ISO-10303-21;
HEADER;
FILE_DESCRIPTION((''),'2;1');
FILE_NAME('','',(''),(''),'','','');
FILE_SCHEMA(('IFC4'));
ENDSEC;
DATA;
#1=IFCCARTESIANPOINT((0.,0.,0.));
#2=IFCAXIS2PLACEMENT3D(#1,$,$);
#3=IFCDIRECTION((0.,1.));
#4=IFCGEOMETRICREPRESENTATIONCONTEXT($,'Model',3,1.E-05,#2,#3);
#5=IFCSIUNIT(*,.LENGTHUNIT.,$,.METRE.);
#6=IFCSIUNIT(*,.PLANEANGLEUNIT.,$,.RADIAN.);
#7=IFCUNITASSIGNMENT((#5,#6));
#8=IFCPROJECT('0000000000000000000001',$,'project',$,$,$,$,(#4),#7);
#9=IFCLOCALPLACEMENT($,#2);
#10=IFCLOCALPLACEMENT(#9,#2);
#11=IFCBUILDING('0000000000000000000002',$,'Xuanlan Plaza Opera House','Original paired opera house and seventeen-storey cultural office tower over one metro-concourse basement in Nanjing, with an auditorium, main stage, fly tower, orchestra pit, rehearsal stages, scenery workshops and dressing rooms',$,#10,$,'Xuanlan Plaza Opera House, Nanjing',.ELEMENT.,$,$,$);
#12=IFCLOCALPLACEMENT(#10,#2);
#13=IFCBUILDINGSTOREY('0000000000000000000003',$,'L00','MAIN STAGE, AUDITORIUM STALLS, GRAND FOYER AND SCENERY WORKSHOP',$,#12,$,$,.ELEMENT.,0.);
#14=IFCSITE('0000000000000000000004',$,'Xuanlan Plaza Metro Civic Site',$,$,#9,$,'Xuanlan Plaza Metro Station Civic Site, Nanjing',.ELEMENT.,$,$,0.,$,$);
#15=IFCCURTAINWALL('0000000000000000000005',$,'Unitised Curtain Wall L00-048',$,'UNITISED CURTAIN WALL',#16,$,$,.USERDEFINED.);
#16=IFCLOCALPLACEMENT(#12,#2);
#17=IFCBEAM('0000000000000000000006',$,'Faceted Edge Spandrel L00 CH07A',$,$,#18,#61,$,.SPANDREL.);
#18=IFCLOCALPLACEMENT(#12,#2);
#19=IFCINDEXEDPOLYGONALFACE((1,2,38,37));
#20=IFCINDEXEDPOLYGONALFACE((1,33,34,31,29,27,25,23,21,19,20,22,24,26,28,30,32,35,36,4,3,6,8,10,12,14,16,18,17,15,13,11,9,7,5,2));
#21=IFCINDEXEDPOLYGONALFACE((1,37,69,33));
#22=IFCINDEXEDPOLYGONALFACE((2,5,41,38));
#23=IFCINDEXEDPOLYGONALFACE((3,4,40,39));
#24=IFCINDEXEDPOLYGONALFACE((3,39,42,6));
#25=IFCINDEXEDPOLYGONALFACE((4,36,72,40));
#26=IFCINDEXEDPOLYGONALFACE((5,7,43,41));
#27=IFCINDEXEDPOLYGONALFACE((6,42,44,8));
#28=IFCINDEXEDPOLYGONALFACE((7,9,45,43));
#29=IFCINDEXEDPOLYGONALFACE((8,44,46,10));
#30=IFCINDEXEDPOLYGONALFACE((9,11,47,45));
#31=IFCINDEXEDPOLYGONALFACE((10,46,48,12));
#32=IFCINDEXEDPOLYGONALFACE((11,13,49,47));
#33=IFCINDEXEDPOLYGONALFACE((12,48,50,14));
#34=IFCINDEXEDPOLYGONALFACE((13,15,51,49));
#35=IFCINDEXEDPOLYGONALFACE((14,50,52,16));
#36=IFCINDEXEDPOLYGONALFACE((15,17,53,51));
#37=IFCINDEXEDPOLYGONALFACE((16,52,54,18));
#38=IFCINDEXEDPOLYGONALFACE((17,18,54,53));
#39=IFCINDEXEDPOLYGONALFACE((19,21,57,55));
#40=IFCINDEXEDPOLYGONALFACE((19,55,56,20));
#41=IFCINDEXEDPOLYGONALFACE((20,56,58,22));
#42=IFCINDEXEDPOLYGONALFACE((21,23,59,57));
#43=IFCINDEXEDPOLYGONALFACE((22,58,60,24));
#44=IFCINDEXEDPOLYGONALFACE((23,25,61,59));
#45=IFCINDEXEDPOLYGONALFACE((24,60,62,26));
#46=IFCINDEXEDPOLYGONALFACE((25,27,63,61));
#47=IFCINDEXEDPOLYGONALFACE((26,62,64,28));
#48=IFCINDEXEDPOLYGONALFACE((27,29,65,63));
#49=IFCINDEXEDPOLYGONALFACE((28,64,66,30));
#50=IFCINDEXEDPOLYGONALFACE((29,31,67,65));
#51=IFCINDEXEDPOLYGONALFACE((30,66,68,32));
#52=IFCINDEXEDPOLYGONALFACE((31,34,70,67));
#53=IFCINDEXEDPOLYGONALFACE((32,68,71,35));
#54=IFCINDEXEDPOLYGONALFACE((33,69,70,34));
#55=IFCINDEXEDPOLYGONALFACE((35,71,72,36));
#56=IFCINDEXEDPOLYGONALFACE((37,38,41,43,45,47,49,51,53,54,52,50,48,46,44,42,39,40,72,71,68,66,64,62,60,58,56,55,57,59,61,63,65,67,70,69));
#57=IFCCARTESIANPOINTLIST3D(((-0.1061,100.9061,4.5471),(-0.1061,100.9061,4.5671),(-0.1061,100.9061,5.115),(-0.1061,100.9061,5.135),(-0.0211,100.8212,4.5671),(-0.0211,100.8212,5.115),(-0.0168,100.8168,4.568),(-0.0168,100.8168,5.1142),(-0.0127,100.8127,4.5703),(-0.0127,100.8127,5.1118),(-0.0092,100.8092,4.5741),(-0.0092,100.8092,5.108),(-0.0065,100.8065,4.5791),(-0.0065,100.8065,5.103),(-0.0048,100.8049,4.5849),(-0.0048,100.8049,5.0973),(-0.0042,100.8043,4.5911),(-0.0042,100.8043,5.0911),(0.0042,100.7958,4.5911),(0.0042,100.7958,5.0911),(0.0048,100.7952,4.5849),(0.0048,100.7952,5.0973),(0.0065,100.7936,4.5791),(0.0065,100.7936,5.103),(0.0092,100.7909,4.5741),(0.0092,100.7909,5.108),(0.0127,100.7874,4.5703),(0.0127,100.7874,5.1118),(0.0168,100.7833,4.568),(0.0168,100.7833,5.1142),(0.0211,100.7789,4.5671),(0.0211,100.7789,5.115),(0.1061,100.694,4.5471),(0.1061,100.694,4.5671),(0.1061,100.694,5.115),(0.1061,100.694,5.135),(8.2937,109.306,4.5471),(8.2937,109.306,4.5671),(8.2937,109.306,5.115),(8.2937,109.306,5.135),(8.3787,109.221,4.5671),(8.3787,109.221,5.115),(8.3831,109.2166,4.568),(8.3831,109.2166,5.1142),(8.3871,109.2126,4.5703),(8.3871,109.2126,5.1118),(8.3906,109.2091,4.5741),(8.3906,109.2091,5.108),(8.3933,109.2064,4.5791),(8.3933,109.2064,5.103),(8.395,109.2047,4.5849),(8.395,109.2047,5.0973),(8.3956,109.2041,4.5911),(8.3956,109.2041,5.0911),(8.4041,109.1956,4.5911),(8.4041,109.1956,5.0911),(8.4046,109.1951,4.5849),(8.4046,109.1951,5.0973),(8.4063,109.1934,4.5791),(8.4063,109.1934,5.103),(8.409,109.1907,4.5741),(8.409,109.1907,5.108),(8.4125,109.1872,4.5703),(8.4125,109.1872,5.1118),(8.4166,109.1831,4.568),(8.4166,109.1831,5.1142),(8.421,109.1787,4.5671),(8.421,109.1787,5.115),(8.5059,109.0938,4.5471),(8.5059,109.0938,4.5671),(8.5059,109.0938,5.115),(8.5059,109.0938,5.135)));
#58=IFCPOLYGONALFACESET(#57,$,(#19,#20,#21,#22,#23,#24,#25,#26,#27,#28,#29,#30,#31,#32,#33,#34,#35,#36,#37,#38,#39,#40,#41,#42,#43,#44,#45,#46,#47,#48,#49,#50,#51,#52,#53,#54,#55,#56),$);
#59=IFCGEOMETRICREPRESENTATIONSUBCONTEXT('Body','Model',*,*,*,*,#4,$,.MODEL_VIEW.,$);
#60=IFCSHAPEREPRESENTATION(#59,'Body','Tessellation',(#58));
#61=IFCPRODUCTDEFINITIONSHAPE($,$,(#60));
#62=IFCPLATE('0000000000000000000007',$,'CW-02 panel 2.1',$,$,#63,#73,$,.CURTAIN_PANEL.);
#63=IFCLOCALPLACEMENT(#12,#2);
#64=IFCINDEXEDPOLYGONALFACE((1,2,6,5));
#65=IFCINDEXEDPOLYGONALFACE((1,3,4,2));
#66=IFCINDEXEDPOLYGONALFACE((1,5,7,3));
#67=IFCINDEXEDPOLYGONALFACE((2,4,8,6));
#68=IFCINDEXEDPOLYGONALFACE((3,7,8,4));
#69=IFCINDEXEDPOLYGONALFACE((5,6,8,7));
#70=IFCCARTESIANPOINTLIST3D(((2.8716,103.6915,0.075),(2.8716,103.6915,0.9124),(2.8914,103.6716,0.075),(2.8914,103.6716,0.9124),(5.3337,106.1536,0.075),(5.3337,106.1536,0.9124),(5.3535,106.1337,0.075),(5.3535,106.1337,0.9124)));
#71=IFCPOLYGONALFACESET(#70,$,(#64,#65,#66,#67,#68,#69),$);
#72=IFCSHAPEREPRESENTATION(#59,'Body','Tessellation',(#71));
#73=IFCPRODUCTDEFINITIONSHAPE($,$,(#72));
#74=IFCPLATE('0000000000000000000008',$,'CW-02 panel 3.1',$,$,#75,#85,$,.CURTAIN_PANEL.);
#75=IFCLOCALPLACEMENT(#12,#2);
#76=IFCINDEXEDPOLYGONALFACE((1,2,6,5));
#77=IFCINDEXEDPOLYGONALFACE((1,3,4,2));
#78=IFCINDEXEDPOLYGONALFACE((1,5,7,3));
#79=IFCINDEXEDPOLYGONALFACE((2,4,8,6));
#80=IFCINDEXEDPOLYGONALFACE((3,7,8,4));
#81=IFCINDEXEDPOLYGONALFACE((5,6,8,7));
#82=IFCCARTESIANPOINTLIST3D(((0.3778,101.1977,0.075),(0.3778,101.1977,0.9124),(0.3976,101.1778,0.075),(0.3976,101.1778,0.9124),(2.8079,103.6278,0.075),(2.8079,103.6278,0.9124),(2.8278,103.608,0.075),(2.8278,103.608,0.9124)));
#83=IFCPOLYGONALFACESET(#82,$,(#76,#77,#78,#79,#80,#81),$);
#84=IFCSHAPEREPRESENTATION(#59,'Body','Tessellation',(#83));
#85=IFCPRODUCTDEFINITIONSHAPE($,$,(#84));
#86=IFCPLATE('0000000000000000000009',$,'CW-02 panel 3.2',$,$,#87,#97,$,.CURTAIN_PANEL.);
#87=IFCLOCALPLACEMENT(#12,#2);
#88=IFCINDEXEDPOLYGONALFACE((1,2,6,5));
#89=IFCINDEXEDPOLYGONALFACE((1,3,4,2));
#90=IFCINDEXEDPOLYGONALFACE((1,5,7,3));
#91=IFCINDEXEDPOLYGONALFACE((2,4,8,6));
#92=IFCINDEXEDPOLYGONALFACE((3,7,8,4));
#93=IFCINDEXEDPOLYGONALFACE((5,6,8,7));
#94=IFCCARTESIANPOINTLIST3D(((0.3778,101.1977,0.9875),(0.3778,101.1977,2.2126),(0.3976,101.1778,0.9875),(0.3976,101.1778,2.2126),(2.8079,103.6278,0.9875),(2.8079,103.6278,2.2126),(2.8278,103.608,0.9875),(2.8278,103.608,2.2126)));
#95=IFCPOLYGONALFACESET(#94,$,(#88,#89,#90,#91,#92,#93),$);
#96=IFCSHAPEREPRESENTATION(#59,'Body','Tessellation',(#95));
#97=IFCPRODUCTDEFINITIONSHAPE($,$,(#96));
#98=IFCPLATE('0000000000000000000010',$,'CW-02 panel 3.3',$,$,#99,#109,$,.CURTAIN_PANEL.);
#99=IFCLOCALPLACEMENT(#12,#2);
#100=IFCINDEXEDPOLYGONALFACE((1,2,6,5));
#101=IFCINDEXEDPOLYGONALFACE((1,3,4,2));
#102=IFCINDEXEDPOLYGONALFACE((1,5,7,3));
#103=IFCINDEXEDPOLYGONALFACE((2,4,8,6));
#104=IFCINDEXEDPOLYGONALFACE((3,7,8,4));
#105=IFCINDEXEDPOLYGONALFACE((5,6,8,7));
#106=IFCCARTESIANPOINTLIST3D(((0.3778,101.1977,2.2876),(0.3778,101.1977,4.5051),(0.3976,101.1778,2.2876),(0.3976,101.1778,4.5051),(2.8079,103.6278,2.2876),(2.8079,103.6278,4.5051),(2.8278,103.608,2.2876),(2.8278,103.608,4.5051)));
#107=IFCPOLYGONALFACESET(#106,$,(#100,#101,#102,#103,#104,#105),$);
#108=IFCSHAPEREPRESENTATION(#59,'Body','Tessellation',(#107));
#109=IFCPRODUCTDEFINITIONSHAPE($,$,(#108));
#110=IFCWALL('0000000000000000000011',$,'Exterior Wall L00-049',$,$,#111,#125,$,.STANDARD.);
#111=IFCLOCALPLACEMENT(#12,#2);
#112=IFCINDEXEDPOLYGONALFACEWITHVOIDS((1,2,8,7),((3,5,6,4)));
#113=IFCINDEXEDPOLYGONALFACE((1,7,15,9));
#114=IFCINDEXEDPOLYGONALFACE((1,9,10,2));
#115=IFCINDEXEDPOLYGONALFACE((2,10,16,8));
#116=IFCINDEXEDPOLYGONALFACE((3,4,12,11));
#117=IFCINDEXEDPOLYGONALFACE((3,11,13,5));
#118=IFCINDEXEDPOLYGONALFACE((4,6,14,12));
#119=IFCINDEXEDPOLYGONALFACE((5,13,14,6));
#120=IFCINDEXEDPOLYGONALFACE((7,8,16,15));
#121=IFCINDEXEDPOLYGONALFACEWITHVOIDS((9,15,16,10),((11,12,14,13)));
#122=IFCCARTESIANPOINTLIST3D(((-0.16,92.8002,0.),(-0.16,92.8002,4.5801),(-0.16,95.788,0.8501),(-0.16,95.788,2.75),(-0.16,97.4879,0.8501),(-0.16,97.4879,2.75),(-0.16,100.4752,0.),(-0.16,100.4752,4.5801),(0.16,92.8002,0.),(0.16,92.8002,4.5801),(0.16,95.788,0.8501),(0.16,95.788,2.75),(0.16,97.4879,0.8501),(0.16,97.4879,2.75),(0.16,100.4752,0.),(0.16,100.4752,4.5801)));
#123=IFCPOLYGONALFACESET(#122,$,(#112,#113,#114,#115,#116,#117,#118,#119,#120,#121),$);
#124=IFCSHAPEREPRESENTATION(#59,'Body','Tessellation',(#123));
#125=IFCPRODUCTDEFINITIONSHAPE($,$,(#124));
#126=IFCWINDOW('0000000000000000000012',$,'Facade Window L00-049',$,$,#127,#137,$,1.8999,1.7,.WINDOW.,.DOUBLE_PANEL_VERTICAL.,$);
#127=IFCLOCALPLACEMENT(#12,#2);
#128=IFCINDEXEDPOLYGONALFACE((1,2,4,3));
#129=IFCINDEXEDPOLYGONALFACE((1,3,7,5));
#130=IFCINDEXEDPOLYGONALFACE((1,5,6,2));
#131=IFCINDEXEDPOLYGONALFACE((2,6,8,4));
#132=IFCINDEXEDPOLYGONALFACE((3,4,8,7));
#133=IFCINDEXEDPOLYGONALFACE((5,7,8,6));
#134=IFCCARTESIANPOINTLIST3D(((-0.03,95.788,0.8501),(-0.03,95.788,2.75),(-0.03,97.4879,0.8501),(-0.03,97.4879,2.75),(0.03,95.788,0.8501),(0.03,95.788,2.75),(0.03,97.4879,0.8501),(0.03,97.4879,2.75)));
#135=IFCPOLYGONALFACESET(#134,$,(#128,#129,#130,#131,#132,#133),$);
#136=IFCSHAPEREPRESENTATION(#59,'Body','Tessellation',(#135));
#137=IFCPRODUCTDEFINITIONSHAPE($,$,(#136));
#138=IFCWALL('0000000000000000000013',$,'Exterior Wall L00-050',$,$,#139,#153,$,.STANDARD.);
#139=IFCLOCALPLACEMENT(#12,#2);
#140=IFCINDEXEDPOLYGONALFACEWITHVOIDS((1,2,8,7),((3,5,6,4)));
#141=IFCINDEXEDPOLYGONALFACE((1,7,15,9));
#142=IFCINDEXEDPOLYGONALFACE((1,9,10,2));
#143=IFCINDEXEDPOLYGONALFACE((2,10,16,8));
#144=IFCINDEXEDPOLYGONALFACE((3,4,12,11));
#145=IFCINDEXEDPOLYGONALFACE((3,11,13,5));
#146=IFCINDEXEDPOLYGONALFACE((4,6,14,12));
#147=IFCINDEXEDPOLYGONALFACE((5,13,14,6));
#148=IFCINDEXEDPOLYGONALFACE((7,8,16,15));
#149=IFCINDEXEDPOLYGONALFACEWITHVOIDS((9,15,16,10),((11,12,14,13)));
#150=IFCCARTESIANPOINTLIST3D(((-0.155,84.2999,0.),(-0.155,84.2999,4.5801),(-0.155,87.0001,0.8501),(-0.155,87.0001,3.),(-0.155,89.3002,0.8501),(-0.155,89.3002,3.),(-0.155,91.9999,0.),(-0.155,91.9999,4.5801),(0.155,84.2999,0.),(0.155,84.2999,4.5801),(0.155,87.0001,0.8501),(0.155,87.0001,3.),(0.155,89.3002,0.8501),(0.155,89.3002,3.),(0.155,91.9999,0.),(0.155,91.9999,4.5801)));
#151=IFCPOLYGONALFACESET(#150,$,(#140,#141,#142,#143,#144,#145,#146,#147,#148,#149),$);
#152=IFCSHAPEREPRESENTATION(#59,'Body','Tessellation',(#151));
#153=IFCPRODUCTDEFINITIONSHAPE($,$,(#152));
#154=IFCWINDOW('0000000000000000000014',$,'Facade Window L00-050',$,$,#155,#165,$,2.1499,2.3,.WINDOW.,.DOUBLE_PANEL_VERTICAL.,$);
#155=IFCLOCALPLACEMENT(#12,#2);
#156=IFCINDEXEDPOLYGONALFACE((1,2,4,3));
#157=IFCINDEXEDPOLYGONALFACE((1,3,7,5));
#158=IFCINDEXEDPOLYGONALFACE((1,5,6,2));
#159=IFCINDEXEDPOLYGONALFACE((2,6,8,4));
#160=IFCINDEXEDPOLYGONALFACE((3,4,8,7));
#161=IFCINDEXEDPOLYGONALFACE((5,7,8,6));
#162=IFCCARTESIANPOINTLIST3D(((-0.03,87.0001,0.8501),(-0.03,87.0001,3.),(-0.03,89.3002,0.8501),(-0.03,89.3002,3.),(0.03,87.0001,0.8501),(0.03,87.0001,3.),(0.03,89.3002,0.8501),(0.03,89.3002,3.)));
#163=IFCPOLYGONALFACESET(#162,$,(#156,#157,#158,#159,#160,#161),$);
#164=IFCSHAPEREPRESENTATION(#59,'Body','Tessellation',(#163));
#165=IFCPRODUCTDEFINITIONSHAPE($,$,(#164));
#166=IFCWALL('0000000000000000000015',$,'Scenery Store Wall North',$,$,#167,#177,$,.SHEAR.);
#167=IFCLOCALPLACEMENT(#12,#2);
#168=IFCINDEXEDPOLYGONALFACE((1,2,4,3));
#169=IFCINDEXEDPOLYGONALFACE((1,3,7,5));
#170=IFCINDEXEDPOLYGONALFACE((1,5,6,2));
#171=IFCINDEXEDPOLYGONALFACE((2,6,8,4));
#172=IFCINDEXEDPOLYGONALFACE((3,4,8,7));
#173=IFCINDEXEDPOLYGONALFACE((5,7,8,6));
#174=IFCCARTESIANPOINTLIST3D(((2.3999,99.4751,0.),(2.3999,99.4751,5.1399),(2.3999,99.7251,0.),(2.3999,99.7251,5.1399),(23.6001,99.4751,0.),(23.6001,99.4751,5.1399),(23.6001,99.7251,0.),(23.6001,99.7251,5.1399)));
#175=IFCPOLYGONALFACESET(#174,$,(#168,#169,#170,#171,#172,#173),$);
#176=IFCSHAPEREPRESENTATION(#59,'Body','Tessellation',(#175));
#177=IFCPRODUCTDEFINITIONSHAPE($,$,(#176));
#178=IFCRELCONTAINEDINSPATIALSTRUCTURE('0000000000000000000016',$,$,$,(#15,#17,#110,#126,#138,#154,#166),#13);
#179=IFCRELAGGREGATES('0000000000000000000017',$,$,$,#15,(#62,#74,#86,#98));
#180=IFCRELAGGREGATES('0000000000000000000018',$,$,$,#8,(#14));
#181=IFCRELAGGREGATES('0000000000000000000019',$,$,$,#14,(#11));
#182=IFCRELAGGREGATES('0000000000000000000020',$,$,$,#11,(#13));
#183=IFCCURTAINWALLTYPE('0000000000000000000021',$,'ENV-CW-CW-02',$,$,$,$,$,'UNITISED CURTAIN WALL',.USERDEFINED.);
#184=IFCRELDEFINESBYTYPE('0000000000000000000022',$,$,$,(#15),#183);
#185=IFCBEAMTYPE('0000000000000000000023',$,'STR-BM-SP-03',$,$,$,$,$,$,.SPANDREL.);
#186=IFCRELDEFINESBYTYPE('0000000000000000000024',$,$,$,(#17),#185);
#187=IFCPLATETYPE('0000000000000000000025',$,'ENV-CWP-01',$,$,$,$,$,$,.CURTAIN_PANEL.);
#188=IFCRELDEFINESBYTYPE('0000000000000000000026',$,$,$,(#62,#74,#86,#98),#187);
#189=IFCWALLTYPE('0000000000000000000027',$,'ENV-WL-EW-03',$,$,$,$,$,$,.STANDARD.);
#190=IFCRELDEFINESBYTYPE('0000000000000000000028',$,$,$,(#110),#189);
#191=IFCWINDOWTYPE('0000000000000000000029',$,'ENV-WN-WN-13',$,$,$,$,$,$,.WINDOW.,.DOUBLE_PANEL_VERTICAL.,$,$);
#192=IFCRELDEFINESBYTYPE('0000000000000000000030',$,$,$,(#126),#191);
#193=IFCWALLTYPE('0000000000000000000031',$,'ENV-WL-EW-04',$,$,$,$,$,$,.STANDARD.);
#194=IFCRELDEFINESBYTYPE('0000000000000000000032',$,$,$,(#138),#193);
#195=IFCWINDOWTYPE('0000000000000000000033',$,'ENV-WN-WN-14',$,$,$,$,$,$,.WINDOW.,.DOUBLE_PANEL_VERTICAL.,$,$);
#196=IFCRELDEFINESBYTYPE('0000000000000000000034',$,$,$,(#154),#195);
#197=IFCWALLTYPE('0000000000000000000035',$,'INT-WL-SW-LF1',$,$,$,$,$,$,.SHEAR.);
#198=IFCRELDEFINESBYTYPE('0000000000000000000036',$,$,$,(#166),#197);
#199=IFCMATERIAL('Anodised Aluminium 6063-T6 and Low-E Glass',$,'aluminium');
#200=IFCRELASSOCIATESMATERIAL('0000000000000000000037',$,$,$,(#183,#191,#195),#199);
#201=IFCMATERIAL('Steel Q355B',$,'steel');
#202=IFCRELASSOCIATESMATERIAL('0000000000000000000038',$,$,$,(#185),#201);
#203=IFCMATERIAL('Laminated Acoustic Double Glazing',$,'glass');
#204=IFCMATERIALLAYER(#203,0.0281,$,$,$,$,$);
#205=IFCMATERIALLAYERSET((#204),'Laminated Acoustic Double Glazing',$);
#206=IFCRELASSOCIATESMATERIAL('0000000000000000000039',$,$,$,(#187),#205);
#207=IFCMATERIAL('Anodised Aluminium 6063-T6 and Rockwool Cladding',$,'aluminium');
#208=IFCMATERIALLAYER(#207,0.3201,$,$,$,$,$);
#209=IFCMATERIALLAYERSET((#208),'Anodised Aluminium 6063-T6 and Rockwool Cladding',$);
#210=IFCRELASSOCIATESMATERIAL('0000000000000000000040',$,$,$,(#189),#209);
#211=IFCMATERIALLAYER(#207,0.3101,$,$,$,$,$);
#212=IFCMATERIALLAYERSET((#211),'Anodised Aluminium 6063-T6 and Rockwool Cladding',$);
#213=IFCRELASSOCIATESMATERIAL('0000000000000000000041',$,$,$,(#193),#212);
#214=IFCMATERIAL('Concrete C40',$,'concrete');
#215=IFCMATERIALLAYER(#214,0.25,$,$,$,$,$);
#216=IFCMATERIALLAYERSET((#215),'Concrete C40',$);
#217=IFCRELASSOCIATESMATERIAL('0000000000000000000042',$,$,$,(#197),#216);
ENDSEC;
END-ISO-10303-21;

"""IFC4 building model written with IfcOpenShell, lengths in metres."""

from ifc_helpers import new_model, si_unit, direction, frame, frame_2d, origin, origin_2d, place, context, subcontext, project, spatial, rectangle, i_section, extrude, material, layer, layer_set, material_profile, profile_set, type_object, element, fill, aggregate, save


model = new_model("IFC4")

# Units and contexts
model_context = context("Model", 3, precision=1e-05, world=origin(), true_north=direction((0.0, 1.0)))
body_context = subcontext(model_context, "Body", "Model", "MODEL_VIEW")
ifc_project = project(units=[si_unit("LENGTHUNIT", "METRE"), si_unit("PLANEANGLEUNIT", "RADIAN")], contexts=[model_context])

# Site, building, storey
site_placement = place(None, origin())
site = spatial("IfcSite", under=ifc_project, at=site_placement, Name="Xuanlan Plaza Metro Civic Site", LongName="Xuanlan Plaza Metro Station Civic Site, Nanjing", CompositionType="ELEMENT", RefElevation=0.0)
building_placement = place(site_placement, origin())
building = spatial("IfcBuilding", under=site, at=building_placement, Name="Xuanlan Plaza Opera House", Description="Original paired opera house and seventeen-storey cultural office tower over one metro-concourse basement in Nanjing, with an auditorium, main stage, fly tower, orchestra pit, rehearsal stages, scenery workshops and dressing rooms", LongName="Xuanlan Plaza Opera House, Nanjing", CompositionType="ELEMENT")
storey_placement = place(building_placement, origin())
storey = spatial("IfcBuildingStorey", under=building, at=storey_placement, Name="L00", Description="MAIN STAGE, AUDITORIUM STALLS, GRAND FOYER AND SCENERY WORKSHOP", CompositionType="ELEMENT", Elevation=0.0)

# Shared definitions
ifc_material_1 = material(Name="Concrete C40", Category="concrete")

# Curtain wall
ifc_material_2 = material(Name="Anodised Aluminium 6063-T6 and Low-E Glass", Category="aluminium")
curtain_wall_type = type_object("IfcCurtainWallType", Name="ENV-CW-CW-02", ElementType="UNITISED CURTAIN WALL", PredefinedType="USERDEFINED", material=ifc_material_2)
curtain_wall_placement = place(storey_placement, origin())
curtain_wall = element("IfcCurtainWall", 1, at=curtain_wall_placement, inside=storey, type_object=curtain_wall_type, Name="Unitised Curtain Wall L00-048", ObjectType="UNITISED CURTAIN WALL", PredefinedType="USERDEFINED")

# Beam
ifc_material_3 = material(Name="Steel Q355B", Category="steel")
ifc_material_profile_1 = material_profile(ifc_material_3, i_section(OverallWidth=0.3, OverallDepth=0.5879, WebThickness=0.012, FlangeThickness=0.02, FilletRadius=0.0239, at=origin_2d()), Name="HM 588x300x12x20")
ifc_profile_set_1 = profile_set([ifc_material_profile_1], Name="Steel Q355B")
beam_type_1 = type_object("IfcBeamType", Name="STR-BM-SP-03", PredefinedType="SPANDREL", material=ifc_profile_set_1)
beam_1_placement = place(storey_placement, frame((0.0, 100.8, 4.8411), z_axis=(0.707107, 0.707107, 0.0), x_axis=(-0.707107, 0.707107, 0.0)))
element("IfcBeam", 2, at=beam_1_placement, inside=storey, type_object=beam_type_1, Name="Faceted Edge Spandrel L00 CH07A", PredefinedType="SPANDREL", context=body_context, shape_type="SweptSolid", body=[
    extrude(i_section(OverallWidth=0.3, OverallDepth=0.5879, WebThickness=0.012, FlangeThickness=0.02, FilletRadius=0.0239, at=origin_2d()), origin(), (0.0, 0.0, 1.0), 11.8792),
])

# Plates
ifc_material_4 = material(Name="Laminated Acoustic Double Glazing", Category="glass")
ifc_layer_1 = layer(ifc_material_4, 0.0281)
ifc_layer_set_1 = layer_set([ifc_layer_1], Name="Laminated Acoustic Double Glazing")
plate_type = type_object("IfcPlateType", Name="ENV-CWP-01", PredefinedType="CURTAIN_PANEL", material=ifc_layer_set_1)
plate_1_placement = place(storey_placement, frame((4.1125, 104.9126, 0.075), z_axis=(0.0, 0.0, 1.0), x_axis=(-0.707107, -0.707107, 0.0)))
plate_1 = element("IfcPlate", 3, at=plate_1_placement, type_object=plate_type, Name="CW-02 panel 2.1", PredefinedType="CURTAIN_PANEL", context=body_context, shape_type="SweptSolid", body=[
    extrude(rectangle(XDim=3.4819, YDim=0.0281, at=origin_2d()), origin(), (0.0, 0.0, 1.0), 0.8374),
])
plate_2_placement = place(storey_placement, frame((1.6028, 102.4028, 0.075), z_axis=(0.0, 0.0, 1.0), x_axis=(-0.707107, -0.707107, 0.0)))
plate_2 = element("IfcPlate", 4, at=plate_2_placement, type_object=plate_type, Name="CW-02 panel 3.1", PredefinedType="CURTAIN_PANEL", context=body_context, shape_type="SweptSolid", body=[
    extrude(rectangle(XDim=3.4368, YDim=0.0281, at=origin_2d()), origin(), (0.0, 0.0, 1.0), 0.8374),
])
plate_3_placement = place(storey_placement, frame((1.6028, 102.4028, 0.9875), z_axis=(0.0, 0.0, 1.0), x_axis=(-0.707107, -0.707107, 0.0)))
plate_3 = element("IfcPlate", 5, at=plate_3_placement, type_object=plate_type, Name="CW-02 panel 3.2", PredefinedType="CURTAIN_PANEL", context=body_context, shape_type="SweptSolid", body=[
    extrude(rectangle(XDim=3.4368, YDim=0.0281, at=origin_2d()), origin(), (0.0, 0.0, 1.0), 1.2251),
])
plate_4_placement = place(storey_placement, frame((1.6028, 102.4028, 2.2876), z_axis=(0.0, 0.0, 1.0), x_axis=(-0.707107, -0.707107, 0.0)))
plate_4 = element("IfcPlate", 6, at=plate_4_placement, type_object=plate_type, Name="CW-02 panel 3.3", PredefinedType="CURTAIN_PANEL", context=body_context, shape_type="SweptSolid", body=[
    extrude(rectangle(XDim=3.4368, YDim=0.0281, at=origin_2d()), origin(), (0.0, 0.0, 1.0), 2.2175),
])
aggregate(curtain_wall, [plate_1, plate_2, plate_3, plate_4])

# Walls, openings, windows
ifc_material_5 = material(Name="Anodised Aluminium 6063-T6 and Rockwool Cladding", Category="aluminium")
ifc_layer_2 = layer(ifc_material_5, 0.3201)
ifc_layer_set_2 = layer_set([ifc_layer_2], Name="Anodised Aluminium 6063-T6 and Rockwool Cladding")
wall_type_1 = type_object("IfcWallType", Name="ENV-WL-EW-03", PredefinedType="STANDARD", material=ifc_layer_set_2)
wall_1_placement = place(storey_placement, frame((0.0, 100.4751, 0.0), z_axis=(0.0, 0.0, 1.0), x_axis=(0.0, -1.0, 0.0)))
wall_1 = element("IfcWall", 7, at=wall_1_placement, inside=storey, type_object=wall_type_1, Name="Exterior Wall L00-049", PredefinedType="STANDARD", context=body_context, shape_type="SweptSolid", body=[
    extrude(rectangle(XDim=7.675, YDim=0.3201, at=frame_2d((3.8374, 0.0))), origin(), (0.0, 0.0, 1.0), 4.5801),
])
opening_1_placement = place(wall_1_placement, frame((2.9871, 0.0, 0.8501)))
opening_1 = element("IfcOpeningElement", 8, at=opening_1_placement, cuts=wall_1, PredefinedType="OPENING", context=body_context, shape_type="SweptSolid", body=[
    extrude(rectangle(XDim=1.7, YDim=1.8999, at=frame_2d((0.8501, 0.95))), frame((0.0, 0.1699, 0.0), z_axis=(0.0, -1.0, 0.0), x_axis=(1.0, 0.0, 0.0)), (0.0, 0.0, 1.0), 0.3401),
])
window_type_1 = type_object("IfcWindowType", Name="ENV-WN-WN-13", PartitioningType="DOUBLE_PANEL_VERTICAL", PredefinedType="WINDOW", material=ifc_material_2)
window_1_placement = place(opening_1_placement, origin())
window_1 = element("IfcWindow", 9, at=window_1_placement, inside=storey, type_object=window_type_1, Name="Facade Window L00-049", OverallHeight=1.8999, OverallWidth=1.7, PartitioningType="DOUBLE_PANEL_VERTICAL", PredefinedType="WINDOW", context=body_context, shape_type="SweptSolid", body=[
    extrude(rectangle(XDim=1.7, YDim=1.8999, at=frame_2d((0.8501, 0.95))), frame((0.0, 0.03, 0.0), z_axis=(0.0, -1.0, 0.0), x_axis=(1.0, 0.0, 0.0)), (0.0, 0.0, 1.0), 0.0601),
])
fill(opening_1, window_1)
ifc_layer_3 = layer(ifc_material_5, 0.3101)
ifc_layer_set_3 = layer_set([ifc_layer_3], Name="Anodised Aluminium 6063-T6 and Rockwool Cladding")
wall_type_2 = type_object("IfcWallType", Name="ENV-WL-EW-04", PredefinedType="STANDARD", material=ifc_layer_set_3)
wall_2_placement = place(storey_placement, frame((0.0, 92.0, 0.0), z_axis=(0.0, 0.0, 1.0), x_axis=(0.0, -1.0, 0.0)))
wall_2 = element("IfcWall", 10, at=wall_2_placement, inside=storey, type_object=wall_type_2, Name="Exterior Wall L00-050", PredefinedType="STANDARD", context=body_context, shape_type="SweptSolid", body=[
    extrude(rectangle(XDim=7.7, YDim=0.3101, at=frame_2d((3.8501, 0.0))), origin(), (0.0, 0.0, 1.0), 4.5801),
])
opening_2_placement = place(wall_2_placement, frame((2.7, 0.0, 0.8501)))
opening_2 = element("IfcOpeningElement", 11, at=opening_2_placement, cuts=wall_2, PredefinedType="OPENING", context=body_context, shape_type="SweptSolid", body=[
    extrude(rectangle(XDim=2.3, YDim=2.1499, at=frame_2d((1.1499, 1.075))), frame((0.0, 0.165, 0.0), z_axis=(0.0, -1.0, 0.0), x_axis=(1.0, 0.0, 0.0)), (0.0, 0.0, 1.0), 0.3301),
])
window_type_2 = type_object("IfcWindowType", Name="ENV-WN-WN-14", PartitioningType="DOUBLE_PANEL_VERTICAL", PredefinedType="WINDOW", material=ifc_material_2)
window_2_placement = place(opening_2_placement, origin())
window_2 = element("IfcWindow", 12, at=window_2_placement, inside=storey, type_object=window_type_2, Name="Facade Window L00-050", OverallHeight=2.1499, OverallWidth=2.3, PartitioningType="DOUBLE_PANEL_VERTICAL", PredefinedType="WINDOW", context=body_context, shape_type="SweptSolid", body=[
    extrude(rectangle(XDim=2.3, YDim=2.1499, at=frame_2d((1.1499, 1.075))), frame((0.0, 0.03, 0.0), z_axis=(0.0, -1.0, 0.0), x_axis=(1.0, 0.0, 0.0)), (0.0, 0.0, 1.0), 0.0601),
])
fill(opening_2, window_2)

# Wall
ifc_layer_4 = layer(ifc_material_1, 0.25)
ifc_layer_set_4 = layer_set([ifc_layer_4], Name="Concrete C40")
wall_type_3 = type_object("IfcWallType", Name="INT-WL-SW-LF1", PredefinedType="SHEAR", material=ifc_layer_set_4)
wall_3_placement = place(storey_placement, frame((2.3999, 99.6001, 0.0), z_axis=(0.0, 0.0, 1.0), x_axis=(1.0, 0.0, 0.0)))
element("IfcWall", 13, at=wall_3_placement, inside=storey, type_object=wall_type_3, Name="Scenery Store Wall North", PredefinedType="SHEAR", context=body_context, shape_type="SweptSolid", body=[
    extrude(rectangle(XDim=21.2002, YDim=0.25, at=frame_2d((10.6001, 0.0))), origin(), (0.0, 0.0, 1.0), 5.1399),
])

save(model, "model.ifc")
